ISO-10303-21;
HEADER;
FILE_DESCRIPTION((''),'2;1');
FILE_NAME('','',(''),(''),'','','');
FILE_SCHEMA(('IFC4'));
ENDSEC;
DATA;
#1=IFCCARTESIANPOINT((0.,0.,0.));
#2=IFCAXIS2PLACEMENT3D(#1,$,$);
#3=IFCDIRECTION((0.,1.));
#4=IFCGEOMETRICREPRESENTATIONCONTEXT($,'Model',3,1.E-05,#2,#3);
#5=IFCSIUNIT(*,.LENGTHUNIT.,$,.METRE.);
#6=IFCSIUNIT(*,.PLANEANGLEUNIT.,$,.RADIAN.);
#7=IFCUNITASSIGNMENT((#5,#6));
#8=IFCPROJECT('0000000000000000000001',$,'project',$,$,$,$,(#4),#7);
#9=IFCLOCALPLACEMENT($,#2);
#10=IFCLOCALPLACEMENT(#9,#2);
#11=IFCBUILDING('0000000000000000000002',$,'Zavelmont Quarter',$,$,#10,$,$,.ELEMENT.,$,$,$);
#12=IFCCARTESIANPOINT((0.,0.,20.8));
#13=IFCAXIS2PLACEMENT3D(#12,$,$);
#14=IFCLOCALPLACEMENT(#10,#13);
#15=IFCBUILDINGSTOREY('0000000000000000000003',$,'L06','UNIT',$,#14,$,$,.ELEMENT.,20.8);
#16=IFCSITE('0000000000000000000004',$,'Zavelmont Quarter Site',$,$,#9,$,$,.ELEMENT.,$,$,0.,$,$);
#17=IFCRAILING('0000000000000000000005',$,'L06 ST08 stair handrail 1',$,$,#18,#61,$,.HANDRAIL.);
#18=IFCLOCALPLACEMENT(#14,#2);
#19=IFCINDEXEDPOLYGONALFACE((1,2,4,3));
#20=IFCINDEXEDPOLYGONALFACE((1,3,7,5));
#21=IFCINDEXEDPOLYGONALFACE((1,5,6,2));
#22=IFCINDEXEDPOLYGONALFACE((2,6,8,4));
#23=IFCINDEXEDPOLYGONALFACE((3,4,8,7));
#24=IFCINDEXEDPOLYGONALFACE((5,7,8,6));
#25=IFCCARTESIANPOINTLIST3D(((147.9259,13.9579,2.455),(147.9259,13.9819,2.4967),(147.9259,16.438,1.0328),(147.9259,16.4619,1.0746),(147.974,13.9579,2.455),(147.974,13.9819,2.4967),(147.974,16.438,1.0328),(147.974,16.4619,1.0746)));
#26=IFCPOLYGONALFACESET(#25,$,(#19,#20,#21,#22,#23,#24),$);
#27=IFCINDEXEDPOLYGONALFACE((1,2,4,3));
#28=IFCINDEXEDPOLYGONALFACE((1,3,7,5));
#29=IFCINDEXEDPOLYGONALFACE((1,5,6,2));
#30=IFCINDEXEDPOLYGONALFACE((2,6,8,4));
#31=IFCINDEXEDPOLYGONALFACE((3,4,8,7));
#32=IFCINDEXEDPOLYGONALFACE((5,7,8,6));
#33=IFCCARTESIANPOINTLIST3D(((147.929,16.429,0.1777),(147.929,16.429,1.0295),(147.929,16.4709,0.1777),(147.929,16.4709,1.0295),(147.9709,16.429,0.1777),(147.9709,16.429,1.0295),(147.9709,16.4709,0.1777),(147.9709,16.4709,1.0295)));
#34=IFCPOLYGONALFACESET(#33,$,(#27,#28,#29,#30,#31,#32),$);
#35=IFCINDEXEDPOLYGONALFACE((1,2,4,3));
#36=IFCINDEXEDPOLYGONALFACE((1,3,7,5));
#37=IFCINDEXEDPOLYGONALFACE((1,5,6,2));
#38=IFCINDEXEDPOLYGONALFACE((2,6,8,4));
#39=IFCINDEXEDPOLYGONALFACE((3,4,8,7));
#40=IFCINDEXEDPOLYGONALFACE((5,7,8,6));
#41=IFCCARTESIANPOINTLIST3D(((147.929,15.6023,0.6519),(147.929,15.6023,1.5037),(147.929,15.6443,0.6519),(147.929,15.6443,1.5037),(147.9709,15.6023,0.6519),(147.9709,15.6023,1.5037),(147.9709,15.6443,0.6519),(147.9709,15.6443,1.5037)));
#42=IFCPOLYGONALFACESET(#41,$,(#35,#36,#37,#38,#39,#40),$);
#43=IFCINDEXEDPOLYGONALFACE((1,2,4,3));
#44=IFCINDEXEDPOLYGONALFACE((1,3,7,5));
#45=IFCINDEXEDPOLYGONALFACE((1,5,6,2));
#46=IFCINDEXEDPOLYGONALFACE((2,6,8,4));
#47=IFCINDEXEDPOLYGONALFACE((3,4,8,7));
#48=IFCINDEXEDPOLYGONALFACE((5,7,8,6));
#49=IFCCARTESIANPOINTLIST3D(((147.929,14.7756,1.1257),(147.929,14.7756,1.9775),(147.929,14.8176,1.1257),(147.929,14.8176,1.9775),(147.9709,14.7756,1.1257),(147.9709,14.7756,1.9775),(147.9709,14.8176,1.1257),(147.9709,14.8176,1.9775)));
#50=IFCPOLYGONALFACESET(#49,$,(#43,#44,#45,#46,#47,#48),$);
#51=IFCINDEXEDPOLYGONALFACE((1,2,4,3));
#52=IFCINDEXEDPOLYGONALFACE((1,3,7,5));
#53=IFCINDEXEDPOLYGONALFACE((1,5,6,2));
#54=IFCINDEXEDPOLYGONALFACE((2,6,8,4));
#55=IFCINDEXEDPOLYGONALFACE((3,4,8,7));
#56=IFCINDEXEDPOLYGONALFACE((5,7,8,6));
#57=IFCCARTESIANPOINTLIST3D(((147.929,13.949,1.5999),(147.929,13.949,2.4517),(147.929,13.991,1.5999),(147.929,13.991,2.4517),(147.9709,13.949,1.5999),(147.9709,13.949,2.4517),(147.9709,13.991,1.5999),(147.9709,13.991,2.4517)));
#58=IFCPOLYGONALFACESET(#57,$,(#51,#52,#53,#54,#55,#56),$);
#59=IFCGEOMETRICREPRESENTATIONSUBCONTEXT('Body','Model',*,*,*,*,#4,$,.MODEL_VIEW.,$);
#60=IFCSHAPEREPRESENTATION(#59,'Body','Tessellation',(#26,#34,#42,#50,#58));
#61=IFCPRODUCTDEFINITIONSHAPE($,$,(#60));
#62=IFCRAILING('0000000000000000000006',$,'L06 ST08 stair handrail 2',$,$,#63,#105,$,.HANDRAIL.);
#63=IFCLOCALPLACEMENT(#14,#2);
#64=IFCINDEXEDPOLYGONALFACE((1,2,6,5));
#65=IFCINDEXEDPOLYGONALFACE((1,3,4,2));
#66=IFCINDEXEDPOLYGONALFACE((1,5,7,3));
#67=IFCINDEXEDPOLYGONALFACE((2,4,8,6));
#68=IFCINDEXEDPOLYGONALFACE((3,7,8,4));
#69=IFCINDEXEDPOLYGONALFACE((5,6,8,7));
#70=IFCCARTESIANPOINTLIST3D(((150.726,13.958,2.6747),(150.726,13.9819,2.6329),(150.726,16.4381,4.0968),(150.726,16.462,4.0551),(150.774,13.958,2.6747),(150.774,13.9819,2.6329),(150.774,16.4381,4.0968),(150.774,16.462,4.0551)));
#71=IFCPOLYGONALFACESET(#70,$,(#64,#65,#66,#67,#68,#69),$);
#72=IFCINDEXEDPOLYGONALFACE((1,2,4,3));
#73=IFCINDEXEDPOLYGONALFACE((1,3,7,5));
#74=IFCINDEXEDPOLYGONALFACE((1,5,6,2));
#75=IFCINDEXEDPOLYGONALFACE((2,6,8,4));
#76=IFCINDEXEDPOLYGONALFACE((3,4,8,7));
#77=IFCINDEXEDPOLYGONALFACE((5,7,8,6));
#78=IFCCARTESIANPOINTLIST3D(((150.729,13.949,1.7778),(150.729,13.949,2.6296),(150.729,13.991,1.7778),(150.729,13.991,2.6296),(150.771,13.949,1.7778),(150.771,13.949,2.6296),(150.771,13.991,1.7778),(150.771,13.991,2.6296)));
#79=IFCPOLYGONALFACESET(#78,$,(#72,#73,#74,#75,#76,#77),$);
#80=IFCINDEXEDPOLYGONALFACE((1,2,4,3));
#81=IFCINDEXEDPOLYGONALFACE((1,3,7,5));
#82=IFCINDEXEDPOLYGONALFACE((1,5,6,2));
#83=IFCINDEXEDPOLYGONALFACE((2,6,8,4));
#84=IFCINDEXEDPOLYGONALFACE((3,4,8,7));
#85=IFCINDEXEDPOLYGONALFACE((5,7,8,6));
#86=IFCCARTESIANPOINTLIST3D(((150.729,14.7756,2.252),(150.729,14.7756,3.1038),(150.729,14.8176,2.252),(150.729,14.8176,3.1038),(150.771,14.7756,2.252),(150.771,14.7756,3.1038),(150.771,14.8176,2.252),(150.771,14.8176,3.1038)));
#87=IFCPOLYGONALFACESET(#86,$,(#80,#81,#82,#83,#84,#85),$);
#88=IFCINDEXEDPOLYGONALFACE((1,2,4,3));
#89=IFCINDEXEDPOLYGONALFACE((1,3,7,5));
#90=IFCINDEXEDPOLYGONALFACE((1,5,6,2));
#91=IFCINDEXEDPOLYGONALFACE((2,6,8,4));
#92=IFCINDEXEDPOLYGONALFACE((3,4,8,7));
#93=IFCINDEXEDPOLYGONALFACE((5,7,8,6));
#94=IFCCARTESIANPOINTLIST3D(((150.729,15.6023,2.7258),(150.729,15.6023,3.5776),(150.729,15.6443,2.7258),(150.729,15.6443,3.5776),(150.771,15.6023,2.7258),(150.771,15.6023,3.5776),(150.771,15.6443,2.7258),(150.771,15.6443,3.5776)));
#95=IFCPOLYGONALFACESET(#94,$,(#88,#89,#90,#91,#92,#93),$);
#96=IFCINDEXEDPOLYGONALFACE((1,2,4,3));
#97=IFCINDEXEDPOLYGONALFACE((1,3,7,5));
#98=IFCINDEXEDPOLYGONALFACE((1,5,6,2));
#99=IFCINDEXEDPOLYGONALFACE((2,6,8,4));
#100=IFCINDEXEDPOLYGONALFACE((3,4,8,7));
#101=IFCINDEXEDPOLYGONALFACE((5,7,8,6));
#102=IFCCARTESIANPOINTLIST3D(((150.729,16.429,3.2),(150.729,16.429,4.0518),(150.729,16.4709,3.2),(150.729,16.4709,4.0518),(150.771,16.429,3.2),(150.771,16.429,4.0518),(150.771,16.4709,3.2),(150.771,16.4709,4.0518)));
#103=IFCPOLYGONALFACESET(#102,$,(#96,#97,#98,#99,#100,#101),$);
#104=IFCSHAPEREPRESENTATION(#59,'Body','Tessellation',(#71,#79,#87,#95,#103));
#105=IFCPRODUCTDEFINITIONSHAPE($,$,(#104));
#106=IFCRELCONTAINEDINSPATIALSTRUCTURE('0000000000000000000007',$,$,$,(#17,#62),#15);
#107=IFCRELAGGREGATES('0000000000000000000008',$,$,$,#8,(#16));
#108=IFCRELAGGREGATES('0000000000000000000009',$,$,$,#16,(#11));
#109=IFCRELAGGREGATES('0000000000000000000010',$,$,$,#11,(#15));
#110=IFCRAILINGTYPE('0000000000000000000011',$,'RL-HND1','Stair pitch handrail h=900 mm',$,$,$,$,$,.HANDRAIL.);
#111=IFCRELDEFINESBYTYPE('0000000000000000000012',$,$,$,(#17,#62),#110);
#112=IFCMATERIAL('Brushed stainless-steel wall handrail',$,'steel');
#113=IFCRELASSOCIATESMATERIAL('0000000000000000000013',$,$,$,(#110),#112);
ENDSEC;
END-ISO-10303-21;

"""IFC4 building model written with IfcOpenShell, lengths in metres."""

from ifc_helpers import new_model, si_unit, direction, frame, origin, origin_2d, place, context, subcontext, project, spatial, rectangle, extrude, material, type_object, element, save


model = new_model("IFC4")

# Units and contexts
model_context = context("Model", 3, precision=1e-05, world=origin(), true_north=direction((0.0, 1.0)))
body_context = subcontext(model_context, "Body", "Model", "MODEL_VIEW")
ifc_project = project(units=[si_unit("LENGTHUNIT", "METRE"), si_unit("PLANEANGLEUNIT", "RADIAN")], contexts=[model_context])

# Site, building, storey
site_placement = place(None, origin())
site = spatial("IfcSite", under=ifc_project, at=site_placement, Name="Zavelmont Quarter Site", CompositionType="ELEMENT", RefElevation=0.0)
building_placement = place(site_placement, origin())
building = spatial("IfcBuilding", under=site, at=building_placement, Name="Zavelmont Quarter", CompositionType="ELEMENT")
storey_placement = place(building_placement, frame((0.0, 0.0, 20.8)))
storey = spatial("IfcBuildingStorey", under=building, at=storey_placement, Name="L06", Description="UNIT", CompositionType="ELEMENT", Elevation=20.8)

# Railings
ifc_material_1 = material(Name="Brushed stainless-steel wall handrail", Category="steel")
railing_type_1 = type_object("IfcRailingType", Name="RL-HND1", Description="Stair pitch handrail h=900 mm", PredefinedType="HANDRAIL", material=ifc_material_1)
railing_1_placement = place(storey_placement, frame((147.95, 16.45, 0.1777)))
element("IfcRailing", 1, at=railing_1_placement, inside=storey, type_object=railing_type_1, Name="L06 ST08 stair handrail 1", PredefinedType="HANDRAIL", context=body_context, shape_type="SweptSolid", body=[
    extrude(rectangle(XDim=0.0481, YDim=0.0481, at=origin_2d()), frame((0.0, 0.0, 0.876), z_axis=(0.0, -0.867491, 0.497454), x_axis=(1.0, 0.0, 0.0)), (0.0, 0.0, 1.0), 2.8589),
    extrude(rectangle(XDim=0.042, YDim=0.042, at=origin_2d()), origin(), (0.0, 0.0, 1.0), 0.8518),
    extrude(rectangle(XDim=0.042, YDim=0.042, at=origin_2d()), frame((0.0, -0.8267, 0.4741)), (0.0, 0.0, 1.0), 0.8518),
    extrude(rectangle(XDim=0.042, YDim=0.042, at=origin_2d()), frame((0.0, -1.6533, 0.948)), (0.0, 0.0, 1.0), 0.8518),
    extrude(rectangle(XDim=0.042, YDim=0.042, at=origin_2d()), frame((0.0, -2.48, 1.4221)), (0.0, 0.0, 1.0), 0.8518),
])
railing_2_placement = place(storey_placement, frame((150.75, 13.97, 1.7778)))
element("IfcRailing", 2, at=railing_2_placement, inside=storey, type_object=railing_type_1, Name="L06 ST08 stair handrail 2", PredefinedType="HANDRAIL", context=body_context, shape_type="SweptSolid", body=[
    extrude(rectangle(XDim=0.0481, YDim=0.0481, at=origin_2d()), frame((0.0, 0.0, 0.876), z_axis=(0.0, 0.867491, 0.497454), x_axis=(-1.0, 0.0, 0.0)), (0.0, 0.0, 1.0), 2.8589),
    extrude(rectangle(XDim=0.042, YDim=0.042, at=origin_2d()), origin(), (0.0, 0.0, 1.0), 0.8518),
    extrude(rectangle(XDim=0.042, YDim=0.042, at=origin_2d()), frame((0.0, 0.8267, 0.4741)), (0.0, 0.0, 1.0), 0.8518),
    extrude(rectangle(XDim=0.042, YDim=0.042, at=origin_2d()), frame((0.0, 1.6533, 0.948)), (0.0, 0.0, 1.0), 0.8518),
    extrude(rectangle(XDim=0.042, YDim=0.042, at=origin_2d()), frame((0.0, 2.48, 1.4221)), (0.0, 0.0, 1.0), 0.8518),
])

save(model, "model.ifc")
